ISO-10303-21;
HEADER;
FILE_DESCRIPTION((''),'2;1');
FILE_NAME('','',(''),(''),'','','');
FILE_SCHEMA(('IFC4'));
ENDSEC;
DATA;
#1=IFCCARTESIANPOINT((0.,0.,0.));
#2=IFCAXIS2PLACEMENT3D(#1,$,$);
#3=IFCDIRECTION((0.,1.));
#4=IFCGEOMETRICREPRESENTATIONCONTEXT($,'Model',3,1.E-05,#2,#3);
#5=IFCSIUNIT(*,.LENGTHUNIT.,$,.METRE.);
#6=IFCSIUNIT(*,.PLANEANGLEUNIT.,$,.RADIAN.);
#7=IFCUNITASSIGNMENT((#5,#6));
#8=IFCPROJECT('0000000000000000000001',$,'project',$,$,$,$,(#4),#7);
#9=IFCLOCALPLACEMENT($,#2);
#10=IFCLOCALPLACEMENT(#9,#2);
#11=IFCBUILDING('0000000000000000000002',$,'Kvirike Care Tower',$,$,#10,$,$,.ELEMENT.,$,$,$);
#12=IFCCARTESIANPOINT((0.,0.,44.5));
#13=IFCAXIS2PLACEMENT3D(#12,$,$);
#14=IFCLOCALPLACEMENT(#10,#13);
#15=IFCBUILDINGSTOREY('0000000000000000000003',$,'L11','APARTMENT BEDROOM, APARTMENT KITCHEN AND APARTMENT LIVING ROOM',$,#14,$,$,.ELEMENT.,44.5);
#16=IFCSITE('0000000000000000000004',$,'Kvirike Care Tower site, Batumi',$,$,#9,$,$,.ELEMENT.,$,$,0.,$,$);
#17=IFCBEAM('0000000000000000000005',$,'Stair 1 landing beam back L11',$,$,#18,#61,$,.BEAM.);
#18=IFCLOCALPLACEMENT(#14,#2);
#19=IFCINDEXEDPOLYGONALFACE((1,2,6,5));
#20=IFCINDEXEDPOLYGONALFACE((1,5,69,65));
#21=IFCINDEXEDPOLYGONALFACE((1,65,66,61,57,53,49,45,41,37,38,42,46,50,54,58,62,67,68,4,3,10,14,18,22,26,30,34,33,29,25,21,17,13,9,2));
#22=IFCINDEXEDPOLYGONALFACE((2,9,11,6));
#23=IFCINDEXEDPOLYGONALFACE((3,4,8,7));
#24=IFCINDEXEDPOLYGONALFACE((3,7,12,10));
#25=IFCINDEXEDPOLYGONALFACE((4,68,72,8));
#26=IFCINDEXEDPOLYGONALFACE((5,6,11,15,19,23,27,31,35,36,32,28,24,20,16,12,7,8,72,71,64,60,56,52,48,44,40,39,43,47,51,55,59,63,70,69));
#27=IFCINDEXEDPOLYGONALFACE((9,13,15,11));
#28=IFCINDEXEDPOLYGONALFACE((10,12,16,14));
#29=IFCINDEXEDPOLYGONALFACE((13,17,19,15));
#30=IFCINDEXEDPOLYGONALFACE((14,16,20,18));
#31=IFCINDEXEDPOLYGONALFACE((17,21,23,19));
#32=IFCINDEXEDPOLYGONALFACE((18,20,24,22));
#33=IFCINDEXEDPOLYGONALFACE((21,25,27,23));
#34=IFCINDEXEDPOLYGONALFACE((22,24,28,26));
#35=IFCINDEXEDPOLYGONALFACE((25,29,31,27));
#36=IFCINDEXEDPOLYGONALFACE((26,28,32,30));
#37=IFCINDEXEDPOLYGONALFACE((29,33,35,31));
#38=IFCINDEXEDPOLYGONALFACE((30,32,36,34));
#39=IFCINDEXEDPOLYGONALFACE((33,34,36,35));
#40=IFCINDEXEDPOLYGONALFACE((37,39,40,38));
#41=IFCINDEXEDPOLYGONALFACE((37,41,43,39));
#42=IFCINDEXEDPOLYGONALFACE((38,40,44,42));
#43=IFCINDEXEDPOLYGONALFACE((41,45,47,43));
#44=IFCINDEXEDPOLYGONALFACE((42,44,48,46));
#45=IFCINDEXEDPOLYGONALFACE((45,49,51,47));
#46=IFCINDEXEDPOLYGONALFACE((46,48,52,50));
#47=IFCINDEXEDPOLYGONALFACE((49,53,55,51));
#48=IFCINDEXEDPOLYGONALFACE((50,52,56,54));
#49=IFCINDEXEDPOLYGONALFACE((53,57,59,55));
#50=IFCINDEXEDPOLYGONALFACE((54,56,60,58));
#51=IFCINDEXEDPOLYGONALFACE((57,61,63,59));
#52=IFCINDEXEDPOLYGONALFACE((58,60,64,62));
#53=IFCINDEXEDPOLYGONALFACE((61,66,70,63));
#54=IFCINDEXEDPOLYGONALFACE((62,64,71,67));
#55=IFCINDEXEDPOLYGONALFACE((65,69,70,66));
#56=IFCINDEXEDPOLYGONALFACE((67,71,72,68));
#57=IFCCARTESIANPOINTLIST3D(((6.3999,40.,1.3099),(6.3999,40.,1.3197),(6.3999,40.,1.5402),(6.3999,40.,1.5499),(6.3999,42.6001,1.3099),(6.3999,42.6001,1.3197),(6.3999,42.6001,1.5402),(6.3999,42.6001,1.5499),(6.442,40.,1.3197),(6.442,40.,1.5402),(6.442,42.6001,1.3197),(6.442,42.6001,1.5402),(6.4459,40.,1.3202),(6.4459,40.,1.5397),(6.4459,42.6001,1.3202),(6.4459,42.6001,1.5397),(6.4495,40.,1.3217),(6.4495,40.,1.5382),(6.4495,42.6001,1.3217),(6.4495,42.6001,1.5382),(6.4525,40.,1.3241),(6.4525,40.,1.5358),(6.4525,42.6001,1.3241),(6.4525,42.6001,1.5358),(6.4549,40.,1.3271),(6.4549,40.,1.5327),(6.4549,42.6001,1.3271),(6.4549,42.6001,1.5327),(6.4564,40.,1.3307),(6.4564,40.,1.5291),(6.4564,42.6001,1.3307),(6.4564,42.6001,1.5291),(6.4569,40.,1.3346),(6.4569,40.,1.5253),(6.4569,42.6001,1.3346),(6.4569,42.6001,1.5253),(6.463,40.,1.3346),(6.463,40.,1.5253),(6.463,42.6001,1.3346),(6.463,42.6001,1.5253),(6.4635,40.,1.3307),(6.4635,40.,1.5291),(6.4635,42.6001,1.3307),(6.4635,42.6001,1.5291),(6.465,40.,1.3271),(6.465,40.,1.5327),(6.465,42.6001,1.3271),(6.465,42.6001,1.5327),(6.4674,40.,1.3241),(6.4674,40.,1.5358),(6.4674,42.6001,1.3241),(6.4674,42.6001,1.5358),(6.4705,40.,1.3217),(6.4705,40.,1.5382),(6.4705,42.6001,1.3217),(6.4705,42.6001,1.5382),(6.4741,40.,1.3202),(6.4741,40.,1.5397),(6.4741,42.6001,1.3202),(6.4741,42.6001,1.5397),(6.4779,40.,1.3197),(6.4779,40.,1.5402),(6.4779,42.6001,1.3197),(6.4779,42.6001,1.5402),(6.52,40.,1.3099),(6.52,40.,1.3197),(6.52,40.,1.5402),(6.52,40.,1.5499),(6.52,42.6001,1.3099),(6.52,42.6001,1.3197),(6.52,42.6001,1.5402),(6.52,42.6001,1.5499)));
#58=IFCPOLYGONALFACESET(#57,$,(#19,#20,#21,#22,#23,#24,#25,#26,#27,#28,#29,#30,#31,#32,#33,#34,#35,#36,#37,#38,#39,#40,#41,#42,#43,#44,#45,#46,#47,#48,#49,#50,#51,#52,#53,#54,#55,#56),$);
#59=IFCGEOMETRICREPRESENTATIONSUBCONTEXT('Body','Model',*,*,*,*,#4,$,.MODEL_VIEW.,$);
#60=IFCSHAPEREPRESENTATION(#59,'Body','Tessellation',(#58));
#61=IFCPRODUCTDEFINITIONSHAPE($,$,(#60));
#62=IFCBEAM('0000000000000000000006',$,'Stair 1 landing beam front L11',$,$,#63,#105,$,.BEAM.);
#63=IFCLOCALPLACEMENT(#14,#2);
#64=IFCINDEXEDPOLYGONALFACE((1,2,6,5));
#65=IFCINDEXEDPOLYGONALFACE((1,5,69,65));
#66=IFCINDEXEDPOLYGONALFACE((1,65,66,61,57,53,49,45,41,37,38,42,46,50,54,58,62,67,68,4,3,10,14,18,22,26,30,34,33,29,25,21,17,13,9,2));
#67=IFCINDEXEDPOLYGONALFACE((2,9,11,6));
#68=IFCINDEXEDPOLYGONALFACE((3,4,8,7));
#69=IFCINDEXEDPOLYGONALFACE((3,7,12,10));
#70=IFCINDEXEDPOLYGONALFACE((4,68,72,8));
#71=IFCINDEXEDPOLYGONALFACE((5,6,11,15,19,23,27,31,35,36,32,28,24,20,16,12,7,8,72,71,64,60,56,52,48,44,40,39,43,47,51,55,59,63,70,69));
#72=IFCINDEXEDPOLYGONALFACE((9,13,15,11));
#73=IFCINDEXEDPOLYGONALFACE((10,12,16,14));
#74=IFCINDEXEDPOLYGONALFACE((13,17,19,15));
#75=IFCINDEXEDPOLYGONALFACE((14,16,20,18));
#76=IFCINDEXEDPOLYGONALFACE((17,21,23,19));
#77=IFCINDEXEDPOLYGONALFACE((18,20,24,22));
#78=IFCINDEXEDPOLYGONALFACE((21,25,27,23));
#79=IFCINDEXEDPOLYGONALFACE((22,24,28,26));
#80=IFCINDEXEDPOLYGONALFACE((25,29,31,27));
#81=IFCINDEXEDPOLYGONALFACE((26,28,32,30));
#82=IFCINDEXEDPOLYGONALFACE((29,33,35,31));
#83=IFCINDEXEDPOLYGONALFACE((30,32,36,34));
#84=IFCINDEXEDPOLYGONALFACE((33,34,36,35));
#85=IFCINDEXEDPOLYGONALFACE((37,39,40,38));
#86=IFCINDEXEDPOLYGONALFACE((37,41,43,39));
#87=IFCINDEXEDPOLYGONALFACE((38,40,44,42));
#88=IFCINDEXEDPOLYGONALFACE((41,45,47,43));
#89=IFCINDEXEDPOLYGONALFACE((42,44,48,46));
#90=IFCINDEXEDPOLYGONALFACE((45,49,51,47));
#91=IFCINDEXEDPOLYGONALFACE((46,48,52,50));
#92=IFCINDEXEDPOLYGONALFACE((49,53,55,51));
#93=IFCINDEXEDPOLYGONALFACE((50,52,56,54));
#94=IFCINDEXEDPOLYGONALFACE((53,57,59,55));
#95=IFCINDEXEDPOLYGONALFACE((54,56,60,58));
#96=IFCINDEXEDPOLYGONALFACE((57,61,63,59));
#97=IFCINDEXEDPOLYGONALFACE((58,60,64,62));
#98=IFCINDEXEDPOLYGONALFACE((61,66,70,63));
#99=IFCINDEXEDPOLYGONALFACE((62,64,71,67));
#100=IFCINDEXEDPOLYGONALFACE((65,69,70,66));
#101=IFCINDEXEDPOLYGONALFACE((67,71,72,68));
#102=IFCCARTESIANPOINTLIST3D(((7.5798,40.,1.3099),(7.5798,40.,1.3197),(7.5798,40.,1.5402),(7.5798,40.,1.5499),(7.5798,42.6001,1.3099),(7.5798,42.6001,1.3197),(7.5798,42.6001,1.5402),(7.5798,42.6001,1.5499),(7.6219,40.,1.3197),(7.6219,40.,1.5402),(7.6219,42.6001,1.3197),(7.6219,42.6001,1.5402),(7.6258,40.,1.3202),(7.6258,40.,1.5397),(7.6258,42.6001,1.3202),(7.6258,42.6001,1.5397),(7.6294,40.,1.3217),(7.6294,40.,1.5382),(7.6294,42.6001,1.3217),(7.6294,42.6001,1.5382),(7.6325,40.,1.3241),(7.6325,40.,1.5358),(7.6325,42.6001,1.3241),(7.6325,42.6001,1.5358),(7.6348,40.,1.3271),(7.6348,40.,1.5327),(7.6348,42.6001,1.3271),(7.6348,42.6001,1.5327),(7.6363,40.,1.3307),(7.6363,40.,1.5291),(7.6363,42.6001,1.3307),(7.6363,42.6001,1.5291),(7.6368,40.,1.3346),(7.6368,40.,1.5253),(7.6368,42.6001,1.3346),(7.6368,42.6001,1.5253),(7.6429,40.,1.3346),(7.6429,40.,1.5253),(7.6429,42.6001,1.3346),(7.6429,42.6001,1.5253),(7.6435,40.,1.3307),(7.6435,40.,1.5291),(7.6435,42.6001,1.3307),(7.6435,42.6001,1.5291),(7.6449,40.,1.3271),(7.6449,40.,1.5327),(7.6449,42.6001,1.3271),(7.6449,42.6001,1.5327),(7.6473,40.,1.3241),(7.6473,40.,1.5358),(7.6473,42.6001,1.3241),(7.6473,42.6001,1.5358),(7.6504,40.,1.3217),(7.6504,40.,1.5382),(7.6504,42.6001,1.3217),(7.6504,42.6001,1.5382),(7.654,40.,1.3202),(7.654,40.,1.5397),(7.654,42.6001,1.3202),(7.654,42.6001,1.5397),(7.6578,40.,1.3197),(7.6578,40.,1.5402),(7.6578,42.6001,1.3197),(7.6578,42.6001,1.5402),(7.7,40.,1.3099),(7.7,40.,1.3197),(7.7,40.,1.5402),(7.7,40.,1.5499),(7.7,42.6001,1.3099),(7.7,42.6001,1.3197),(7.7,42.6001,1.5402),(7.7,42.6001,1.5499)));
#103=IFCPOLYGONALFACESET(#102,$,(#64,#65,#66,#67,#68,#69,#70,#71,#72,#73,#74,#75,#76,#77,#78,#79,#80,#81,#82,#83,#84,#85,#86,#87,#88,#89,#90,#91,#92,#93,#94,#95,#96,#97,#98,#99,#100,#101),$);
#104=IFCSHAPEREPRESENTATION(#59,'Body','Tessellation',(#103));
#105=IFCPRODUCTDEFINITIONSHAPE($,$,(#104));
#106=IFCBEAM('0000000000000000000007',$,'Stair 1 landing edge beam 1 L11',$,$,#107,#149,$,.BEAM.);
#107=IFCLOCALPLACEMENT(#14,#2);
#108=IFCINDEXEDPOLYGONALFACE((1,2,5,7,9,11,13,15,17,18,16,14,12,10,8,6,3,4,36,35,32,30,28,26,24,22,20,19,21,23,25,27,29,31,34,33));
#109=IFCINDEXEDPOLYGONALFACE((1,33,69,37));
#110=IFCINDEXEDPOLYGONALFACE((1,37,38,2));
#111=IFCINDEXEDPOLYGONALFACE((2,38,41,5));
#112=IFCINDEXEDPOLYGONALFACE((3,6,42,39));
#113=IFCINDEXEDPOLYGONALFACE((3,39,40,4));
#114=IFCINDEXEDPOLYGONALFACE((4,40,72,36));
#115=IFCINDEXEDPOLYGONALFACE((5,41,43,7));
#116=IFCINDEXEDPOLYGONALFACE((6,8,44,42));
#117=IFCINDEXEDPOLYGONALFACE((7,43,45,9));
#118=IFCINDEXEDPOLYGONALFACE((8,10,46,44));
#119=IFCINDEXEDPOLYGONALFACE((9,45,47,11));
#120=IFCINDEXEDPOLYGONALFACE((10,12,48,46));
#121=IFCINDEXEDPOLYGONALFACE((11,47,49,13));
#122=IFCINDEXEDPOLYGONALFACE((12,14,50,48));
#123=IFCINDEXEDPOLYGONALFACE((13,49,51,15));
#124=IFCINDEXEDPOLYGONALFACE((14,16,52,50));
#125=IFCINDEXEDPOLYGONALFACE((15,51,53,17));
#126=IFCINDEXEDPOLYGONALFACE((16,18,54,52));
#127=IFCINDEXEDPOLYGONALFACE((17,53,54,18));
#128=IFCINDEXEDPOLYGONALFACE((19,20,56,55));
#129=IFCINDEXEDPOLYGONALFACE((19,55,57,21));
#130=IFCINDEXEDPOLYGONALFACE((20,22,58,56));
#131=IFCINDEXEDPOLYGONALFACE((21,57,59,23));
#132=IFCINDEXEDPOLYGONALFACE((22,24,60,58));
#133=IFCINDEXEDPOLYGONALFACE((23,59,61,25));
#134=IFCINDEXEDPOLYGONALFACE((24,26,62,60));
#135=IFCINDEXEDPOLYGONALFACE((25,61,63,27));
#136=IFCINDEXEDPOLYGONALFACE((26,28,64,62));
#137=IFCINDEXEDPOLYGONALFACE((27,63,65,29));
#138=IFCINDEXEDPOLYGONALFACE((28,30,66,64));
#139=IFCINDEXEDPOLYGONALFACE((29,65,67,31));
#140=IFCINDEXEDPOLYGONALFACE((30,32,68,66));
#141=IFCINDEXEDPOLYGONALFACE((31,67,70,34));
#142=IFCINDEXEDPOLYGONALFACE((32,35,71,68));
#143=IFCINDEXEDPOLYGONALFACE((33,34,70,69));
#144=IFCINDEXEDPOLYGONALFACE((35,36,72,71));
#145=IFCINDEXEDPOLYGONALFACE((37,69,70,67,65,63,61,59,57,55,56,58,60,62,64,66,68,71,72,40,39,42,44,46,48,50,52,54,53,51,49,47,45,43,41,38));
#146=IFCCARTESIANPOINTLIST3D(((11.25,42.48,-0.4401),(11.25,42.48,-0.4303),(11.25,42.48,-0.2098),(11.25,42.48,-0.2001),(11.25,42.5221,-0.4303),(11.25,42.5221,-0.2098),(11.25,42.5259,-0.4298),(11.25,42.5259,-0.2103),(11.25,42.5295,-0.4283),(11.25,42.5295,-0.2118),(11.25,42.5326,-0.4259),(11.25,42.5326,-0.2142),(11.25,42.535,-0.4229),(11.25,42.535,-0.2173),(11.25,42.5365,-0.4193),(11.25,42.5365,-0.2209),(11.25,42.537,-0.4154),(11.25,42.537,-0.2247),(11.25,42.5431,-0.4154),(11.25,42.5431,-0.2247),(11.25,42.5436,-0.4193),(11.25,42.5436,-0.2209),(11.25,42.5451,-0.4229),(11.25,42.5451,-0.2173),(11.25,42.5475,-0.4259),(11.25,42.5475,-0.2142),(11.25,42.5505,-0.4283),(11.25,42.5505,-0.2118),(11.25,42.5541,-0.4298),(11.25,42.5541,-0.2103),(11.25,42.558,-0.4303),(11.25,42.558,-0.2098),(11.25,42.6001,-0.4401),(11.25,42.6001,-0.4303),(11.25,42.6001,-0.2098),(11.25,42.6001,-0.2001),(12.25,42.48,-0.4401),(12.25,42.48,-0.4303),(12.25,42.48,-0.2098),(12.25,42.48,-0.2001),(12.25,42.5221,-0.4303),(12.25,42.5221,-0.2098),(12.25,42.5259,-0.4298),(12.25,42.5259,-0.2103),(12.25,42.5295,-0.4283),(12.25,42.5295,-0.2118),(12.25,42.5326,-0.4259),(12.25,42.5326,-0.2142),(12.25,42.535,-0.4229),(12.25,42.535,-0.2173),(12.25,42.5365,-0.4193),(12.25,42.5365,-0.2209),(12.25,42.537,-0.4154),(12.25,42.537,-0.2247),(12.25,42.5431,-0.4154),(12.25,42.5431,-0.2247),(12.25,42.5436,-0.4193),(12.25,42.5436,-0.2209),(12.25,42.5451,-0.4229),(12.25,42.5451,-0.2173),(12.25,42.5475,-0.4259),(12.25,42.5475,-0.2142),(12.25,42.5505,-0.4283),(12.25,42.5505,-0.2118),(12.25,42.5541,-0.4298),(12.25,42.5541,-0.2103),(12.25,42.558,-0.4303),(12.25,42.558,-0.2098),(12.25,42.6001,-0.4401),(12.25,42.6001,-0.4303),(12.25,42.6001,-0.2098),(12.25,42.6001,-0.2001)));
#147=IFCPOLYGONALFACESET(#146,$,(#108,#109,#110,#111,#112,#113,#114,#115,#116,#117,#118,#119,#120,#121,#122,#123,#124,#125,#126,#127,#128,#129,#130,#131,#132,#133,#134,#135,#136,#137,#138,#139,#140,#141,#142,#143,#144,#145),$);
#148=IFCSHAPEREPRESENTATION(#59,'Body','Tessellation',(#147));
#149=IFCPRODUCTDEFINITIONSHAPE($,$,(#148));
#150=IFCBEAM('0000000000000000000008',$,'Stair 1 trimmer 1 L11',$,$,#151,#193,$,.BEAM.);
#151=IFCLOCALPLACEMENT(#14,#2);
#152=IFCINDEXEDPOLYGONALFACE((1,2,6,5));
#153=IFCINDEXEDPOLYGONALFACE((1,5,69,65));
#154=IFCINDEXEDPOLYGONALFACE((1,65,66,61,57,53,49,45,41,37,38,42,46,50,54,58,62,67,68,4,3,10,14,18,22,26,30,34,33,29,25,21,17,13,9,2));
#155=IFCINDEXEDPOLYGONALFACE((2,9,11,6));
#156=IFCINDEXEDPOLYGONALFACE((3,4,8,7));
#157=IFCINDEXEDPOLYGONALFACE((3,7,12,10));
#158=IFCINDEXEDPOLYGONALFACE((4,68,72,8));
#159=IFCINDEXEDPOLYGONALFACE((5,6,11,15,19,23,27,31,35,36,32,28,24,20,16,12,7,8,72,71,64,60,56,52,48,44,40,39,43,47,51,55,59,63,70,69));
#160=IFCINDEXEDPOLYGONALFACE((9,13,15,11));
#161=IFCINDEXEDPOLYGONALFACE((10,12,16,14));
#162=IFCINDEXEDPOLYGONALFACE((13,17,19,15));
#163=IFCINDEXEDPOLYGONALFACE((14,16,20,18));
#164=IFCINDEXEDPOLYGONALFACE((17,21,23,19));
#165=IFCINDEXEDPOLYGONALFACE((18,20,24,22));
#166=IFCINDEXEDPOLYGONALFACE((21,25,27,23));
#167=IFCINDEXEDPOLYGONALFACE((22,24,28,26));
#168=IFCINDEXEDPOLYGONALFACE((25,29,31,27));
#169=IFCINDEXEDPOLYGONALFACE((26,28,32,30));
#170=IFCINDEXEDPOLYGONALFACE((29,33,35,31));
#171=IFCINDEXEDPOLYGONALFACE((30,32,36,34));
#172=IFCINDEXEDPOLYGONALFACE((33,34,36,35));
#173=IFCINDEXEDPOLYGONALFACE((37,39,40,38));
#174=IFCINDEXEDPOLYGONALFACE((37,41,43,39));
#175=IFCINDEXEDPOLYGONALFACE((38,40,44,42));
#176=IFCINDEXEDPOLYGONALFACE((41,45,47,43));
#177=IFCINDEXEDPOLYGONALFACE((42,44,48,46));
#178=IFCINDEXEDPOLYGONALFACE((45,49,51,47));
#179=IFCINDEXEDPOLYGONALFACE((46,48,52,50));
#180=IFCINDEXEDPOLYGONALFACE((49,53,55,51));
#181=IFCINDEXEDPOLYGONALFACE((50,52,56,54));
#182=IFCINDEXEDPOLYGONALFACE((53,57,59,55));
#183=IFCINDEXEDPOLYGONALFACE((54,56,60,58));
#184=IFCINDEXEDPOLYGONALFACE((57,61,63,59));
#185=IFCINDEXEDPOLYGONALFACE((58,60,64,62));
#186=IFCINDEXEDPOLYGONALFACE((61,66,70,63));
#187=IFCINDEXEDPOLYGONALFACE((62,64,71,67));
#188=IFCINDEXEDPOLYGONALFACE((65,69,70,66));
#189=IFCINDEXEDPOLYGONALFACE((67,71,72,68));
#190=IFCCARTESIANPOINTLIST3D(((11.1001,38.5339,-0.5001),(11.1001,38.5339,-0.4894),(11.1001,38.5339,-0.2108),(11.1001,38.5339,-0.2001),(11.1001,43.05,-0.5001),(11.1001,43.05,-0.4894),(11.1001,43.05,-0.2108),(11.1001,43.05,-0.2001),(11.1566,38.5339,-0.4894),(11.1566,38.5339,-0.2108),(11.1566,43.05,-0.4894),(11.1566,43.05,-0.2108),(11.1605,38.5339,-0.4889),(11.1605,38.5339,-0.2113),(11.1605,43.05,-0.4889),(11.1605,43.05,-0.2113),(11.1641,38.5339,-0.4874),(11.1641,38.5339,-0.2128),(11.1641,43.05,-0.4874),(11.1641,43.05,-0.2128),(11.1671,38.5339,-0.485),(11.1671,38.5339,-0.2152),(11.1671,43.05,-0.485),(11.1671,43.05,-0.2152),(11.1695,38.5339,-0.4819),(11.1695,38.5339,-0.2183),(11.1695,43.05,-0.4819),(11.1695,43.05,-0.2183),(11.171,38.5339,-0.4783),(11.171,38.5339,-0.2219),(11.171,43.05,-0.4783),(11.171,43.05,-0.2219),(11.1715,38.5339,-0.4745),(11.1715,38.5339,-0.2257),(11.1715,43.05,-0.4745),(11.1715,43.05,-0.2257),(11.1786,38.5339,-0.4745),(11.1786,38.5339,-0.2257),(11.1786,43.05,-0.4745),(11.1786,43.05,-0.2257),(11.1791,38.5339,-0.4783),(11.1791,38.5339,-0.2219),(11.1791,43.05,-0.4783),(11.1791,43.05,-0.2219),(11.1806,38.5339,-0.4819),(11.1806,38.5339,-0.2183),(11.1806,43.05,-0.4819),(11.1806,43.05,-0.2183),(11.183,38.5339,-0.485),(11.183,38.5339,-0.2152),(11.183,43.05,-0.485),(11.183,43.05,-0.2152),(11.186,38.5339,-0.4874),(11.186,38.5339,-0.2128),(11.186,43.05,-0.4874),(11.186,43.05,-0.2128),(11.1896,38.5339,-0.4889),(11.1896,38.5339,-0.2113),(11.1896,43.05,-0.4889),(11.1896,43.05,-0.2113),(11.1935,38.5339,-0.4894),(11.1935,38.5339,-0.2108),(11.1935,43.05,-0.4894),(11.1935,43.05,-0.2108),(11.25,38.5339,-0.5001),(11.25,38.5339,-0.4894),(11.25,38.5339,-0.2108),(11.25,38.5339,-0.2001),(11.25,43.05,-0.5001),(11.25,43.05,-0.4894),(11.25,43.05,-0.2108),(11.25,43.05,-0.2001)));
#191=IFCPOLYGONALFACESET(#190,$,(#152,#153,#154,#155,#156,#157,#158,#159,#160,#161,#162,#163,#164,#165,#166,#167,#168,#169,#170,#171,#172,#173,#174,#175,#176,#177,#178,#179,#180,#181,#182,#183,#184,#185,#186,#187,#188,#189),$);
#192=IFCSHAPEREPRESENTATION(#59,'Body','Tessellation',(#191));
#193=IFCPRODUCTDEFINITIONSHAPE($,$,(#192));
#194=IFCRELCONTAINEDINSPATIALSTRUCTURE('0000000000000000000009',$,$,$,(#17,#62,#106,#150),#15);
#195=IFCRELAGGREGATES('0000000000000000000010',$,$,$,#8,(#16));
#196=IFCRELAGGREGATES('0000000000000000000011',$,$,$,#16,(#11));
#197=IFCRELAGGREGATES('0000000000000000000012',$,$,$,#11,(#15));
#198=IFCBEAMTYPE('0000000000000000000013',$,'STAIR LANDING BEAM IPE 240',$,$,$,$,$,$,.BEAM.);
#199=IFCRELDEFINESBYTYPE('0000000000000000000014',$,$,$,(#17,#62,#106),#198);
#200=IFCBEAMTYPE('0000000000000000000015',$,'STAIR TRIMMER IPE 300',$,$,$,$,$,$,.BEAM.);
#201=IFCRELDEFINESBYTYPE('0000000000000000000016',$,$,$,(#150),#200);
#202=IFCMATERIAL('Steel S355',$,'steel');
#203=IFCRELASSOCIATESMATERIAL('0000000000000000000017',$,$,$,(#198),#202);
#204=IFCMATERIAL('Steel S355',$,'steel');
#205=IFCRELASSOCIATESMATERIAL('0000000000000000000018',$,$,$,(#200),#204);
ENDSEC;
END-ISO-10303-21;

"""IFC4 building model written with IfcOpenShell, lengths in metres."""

from ifc_helpers import new_model, si_unit, direction, frame, origin, origin_2d, place, context, subcontext, project, spatial, i_section, extrude, material, material_profile, profile_set, type_object, element, save


model = new_model("IFC4")

# Units and contexts
model_context = context("Model", 3, precision=1e-05, world=origin(), true_north=direction((0.0, 1.0)))
body_context = subcontext(model_context, "Body", "Model", "MODEL_VIEW")
ifc_project = project(units=[si_unit("LENGTHUNIT", "METRE"), si_unit("PLANEANGLEUNIT", "RADIAN")], contexts=[model_context])

# Site, building, storey
site_placement = place(None, origin())
site = spatial("IfcSite", under=ifc_project, at=site_placement, Name="Kvirike Care Tower site, Batumi", CompositionType="ELEMENT", RefElevation=0.0)
building_placement = place(site_placement, origin())
building = spatial("IfcBuilding", under=site, at=building_placement, Name="Kvirike Care Tower", CompositionType="ELEMENT")
storey_placement = place(building_placement, frame((0.0, 0.0, 44.5)))
storey = spatial("IfcBuildingStorey", under=building, at=storey_placement, Name="L11", Description="APARTMENT BEDROOM, APARTMENT KITCHEN AND APARTMENT LIVING ROOM", CompositionType="ELEMENT", Elevation=44.5)

# Beams
ifc_material_1 = material(Name="Steel S355", Category="steel")
ifc_material_profile_1 = material_profile(ifc_material_1, i_section(OverallWidth=0.1201, OverallDepth=0.24, WebThickness=0.0061, FlangeThickness=0.0098, FilletRadius=0.0149, at=origin_2d()), Name="IPE 240")
ifc_profile_set_1 = profile_set([ifc_material_profile_1], Name="Steel S355")
beam_type_1 = type_object("IfcBeamType", Name="STAIR LANDING BEAM IPE 240", PredefinedType="BEAM", material=ifc_profile_set_1)
for number, where, z_axis, x_axis, name in (
    (1, (6.46, 42.6001, 1.4299), (0.0, -1.0, 0.0), (1.0, 0.0, 0.0), "Stair 1 landing beam back L11"),
    (2, (7.6399, 42.6001, 1.4299), (0.0, -1.0, 0.0), (1.0, 0.0, 0.0), "Stair 1 landing beam front L11"),
):
    element("IfcBeam", number, at=place(storey_placement, frame(where, z_axis=z_axis, x_axis=x_axis)), inside=storey, type_object=beam_type_1, Name=name, PredefinedType="BEAM", context=body_context, shape_type="SweptSolid", body=[
        extrude(i_section(OverallWidth=0.1201, OverallDepth=0.24, WebThickness=0.0061, FlangeThickness=0.0098, FilletRadius=0.0149, at=origin_2d()), origin(), (0.0, 0.0, 1.0), 2.6001),
    ])
beam_1_placement = place(storey_placement, frame((11.25, 42.54, -0.3201), z_axis=(1.0, 0.0, 0.0), x_axis=(0.0, 1.0, 0.0)))
element("IfcBeam", 3, at=beam_1_placement, inside=storey, type_object=beam_type_1, Name="Stair 1 landing edge beam 1 L11", PredefinedType="BEAM", context=body_context, shape_type="SweptSolid", body=[
    extrude(i_section(OverallWidth=0.1201, OverallDepth=0.24, WebThickness=0.0061, FlangeThickness=0.0098, FilletRadius=0.0149, at=origin_2d()), origin(), (0.0, 0.0, 1.0), 1.0),
])
ifc_material_2 = material(Name="Steel S355", Category="steel")
ifc_material_profile_2 = material_profile(ifc_material_2, i_section(OverallWidth=0.1499, OverallDepth=0.3, WebThickness=0.0071, FlangeThickness=0.0107, FilletRadius=0.0149, at=origin_2d()), Name="IPE 300")
ifc_profile_set_2 = profile_set([ifc_material_profile_2], Name="Steel S355")
beam_type_2 = type_object("IfcBeamType", Name="STAIR TRIMMER IPE 300", PredefinedType="BEAM", material=ifc_profile_set_2)
for number, where, z_axis, x_axis, name in (
    (4, (11.175, 43.05, -0.3501), (0.0, -1.0, 0.0), (1.0, 0.0, 0.0), "Stair 1 trimmer 1 L11"),
):
    element("IfcBeam", number, at=place(storey_placement, frame(where, z_axis=z_axis, x_axis=x_axis)), inside=storey, type_object=beam_type_2, Name=name, PredefinedType="BEAM", context=body_context, shape_type="SweptSolid", body=[
        extrude(i_section(OverallWidth=0.1499, OverallDepth=0.3, WebThickness=0.0071, FlangeThickness=0.0107, FilletRadius=0.0149, at=origin_2d()), origin(), (0.0, 0.0, 1.0), 4.5161),
    ])

save(model, "model.ifc")
